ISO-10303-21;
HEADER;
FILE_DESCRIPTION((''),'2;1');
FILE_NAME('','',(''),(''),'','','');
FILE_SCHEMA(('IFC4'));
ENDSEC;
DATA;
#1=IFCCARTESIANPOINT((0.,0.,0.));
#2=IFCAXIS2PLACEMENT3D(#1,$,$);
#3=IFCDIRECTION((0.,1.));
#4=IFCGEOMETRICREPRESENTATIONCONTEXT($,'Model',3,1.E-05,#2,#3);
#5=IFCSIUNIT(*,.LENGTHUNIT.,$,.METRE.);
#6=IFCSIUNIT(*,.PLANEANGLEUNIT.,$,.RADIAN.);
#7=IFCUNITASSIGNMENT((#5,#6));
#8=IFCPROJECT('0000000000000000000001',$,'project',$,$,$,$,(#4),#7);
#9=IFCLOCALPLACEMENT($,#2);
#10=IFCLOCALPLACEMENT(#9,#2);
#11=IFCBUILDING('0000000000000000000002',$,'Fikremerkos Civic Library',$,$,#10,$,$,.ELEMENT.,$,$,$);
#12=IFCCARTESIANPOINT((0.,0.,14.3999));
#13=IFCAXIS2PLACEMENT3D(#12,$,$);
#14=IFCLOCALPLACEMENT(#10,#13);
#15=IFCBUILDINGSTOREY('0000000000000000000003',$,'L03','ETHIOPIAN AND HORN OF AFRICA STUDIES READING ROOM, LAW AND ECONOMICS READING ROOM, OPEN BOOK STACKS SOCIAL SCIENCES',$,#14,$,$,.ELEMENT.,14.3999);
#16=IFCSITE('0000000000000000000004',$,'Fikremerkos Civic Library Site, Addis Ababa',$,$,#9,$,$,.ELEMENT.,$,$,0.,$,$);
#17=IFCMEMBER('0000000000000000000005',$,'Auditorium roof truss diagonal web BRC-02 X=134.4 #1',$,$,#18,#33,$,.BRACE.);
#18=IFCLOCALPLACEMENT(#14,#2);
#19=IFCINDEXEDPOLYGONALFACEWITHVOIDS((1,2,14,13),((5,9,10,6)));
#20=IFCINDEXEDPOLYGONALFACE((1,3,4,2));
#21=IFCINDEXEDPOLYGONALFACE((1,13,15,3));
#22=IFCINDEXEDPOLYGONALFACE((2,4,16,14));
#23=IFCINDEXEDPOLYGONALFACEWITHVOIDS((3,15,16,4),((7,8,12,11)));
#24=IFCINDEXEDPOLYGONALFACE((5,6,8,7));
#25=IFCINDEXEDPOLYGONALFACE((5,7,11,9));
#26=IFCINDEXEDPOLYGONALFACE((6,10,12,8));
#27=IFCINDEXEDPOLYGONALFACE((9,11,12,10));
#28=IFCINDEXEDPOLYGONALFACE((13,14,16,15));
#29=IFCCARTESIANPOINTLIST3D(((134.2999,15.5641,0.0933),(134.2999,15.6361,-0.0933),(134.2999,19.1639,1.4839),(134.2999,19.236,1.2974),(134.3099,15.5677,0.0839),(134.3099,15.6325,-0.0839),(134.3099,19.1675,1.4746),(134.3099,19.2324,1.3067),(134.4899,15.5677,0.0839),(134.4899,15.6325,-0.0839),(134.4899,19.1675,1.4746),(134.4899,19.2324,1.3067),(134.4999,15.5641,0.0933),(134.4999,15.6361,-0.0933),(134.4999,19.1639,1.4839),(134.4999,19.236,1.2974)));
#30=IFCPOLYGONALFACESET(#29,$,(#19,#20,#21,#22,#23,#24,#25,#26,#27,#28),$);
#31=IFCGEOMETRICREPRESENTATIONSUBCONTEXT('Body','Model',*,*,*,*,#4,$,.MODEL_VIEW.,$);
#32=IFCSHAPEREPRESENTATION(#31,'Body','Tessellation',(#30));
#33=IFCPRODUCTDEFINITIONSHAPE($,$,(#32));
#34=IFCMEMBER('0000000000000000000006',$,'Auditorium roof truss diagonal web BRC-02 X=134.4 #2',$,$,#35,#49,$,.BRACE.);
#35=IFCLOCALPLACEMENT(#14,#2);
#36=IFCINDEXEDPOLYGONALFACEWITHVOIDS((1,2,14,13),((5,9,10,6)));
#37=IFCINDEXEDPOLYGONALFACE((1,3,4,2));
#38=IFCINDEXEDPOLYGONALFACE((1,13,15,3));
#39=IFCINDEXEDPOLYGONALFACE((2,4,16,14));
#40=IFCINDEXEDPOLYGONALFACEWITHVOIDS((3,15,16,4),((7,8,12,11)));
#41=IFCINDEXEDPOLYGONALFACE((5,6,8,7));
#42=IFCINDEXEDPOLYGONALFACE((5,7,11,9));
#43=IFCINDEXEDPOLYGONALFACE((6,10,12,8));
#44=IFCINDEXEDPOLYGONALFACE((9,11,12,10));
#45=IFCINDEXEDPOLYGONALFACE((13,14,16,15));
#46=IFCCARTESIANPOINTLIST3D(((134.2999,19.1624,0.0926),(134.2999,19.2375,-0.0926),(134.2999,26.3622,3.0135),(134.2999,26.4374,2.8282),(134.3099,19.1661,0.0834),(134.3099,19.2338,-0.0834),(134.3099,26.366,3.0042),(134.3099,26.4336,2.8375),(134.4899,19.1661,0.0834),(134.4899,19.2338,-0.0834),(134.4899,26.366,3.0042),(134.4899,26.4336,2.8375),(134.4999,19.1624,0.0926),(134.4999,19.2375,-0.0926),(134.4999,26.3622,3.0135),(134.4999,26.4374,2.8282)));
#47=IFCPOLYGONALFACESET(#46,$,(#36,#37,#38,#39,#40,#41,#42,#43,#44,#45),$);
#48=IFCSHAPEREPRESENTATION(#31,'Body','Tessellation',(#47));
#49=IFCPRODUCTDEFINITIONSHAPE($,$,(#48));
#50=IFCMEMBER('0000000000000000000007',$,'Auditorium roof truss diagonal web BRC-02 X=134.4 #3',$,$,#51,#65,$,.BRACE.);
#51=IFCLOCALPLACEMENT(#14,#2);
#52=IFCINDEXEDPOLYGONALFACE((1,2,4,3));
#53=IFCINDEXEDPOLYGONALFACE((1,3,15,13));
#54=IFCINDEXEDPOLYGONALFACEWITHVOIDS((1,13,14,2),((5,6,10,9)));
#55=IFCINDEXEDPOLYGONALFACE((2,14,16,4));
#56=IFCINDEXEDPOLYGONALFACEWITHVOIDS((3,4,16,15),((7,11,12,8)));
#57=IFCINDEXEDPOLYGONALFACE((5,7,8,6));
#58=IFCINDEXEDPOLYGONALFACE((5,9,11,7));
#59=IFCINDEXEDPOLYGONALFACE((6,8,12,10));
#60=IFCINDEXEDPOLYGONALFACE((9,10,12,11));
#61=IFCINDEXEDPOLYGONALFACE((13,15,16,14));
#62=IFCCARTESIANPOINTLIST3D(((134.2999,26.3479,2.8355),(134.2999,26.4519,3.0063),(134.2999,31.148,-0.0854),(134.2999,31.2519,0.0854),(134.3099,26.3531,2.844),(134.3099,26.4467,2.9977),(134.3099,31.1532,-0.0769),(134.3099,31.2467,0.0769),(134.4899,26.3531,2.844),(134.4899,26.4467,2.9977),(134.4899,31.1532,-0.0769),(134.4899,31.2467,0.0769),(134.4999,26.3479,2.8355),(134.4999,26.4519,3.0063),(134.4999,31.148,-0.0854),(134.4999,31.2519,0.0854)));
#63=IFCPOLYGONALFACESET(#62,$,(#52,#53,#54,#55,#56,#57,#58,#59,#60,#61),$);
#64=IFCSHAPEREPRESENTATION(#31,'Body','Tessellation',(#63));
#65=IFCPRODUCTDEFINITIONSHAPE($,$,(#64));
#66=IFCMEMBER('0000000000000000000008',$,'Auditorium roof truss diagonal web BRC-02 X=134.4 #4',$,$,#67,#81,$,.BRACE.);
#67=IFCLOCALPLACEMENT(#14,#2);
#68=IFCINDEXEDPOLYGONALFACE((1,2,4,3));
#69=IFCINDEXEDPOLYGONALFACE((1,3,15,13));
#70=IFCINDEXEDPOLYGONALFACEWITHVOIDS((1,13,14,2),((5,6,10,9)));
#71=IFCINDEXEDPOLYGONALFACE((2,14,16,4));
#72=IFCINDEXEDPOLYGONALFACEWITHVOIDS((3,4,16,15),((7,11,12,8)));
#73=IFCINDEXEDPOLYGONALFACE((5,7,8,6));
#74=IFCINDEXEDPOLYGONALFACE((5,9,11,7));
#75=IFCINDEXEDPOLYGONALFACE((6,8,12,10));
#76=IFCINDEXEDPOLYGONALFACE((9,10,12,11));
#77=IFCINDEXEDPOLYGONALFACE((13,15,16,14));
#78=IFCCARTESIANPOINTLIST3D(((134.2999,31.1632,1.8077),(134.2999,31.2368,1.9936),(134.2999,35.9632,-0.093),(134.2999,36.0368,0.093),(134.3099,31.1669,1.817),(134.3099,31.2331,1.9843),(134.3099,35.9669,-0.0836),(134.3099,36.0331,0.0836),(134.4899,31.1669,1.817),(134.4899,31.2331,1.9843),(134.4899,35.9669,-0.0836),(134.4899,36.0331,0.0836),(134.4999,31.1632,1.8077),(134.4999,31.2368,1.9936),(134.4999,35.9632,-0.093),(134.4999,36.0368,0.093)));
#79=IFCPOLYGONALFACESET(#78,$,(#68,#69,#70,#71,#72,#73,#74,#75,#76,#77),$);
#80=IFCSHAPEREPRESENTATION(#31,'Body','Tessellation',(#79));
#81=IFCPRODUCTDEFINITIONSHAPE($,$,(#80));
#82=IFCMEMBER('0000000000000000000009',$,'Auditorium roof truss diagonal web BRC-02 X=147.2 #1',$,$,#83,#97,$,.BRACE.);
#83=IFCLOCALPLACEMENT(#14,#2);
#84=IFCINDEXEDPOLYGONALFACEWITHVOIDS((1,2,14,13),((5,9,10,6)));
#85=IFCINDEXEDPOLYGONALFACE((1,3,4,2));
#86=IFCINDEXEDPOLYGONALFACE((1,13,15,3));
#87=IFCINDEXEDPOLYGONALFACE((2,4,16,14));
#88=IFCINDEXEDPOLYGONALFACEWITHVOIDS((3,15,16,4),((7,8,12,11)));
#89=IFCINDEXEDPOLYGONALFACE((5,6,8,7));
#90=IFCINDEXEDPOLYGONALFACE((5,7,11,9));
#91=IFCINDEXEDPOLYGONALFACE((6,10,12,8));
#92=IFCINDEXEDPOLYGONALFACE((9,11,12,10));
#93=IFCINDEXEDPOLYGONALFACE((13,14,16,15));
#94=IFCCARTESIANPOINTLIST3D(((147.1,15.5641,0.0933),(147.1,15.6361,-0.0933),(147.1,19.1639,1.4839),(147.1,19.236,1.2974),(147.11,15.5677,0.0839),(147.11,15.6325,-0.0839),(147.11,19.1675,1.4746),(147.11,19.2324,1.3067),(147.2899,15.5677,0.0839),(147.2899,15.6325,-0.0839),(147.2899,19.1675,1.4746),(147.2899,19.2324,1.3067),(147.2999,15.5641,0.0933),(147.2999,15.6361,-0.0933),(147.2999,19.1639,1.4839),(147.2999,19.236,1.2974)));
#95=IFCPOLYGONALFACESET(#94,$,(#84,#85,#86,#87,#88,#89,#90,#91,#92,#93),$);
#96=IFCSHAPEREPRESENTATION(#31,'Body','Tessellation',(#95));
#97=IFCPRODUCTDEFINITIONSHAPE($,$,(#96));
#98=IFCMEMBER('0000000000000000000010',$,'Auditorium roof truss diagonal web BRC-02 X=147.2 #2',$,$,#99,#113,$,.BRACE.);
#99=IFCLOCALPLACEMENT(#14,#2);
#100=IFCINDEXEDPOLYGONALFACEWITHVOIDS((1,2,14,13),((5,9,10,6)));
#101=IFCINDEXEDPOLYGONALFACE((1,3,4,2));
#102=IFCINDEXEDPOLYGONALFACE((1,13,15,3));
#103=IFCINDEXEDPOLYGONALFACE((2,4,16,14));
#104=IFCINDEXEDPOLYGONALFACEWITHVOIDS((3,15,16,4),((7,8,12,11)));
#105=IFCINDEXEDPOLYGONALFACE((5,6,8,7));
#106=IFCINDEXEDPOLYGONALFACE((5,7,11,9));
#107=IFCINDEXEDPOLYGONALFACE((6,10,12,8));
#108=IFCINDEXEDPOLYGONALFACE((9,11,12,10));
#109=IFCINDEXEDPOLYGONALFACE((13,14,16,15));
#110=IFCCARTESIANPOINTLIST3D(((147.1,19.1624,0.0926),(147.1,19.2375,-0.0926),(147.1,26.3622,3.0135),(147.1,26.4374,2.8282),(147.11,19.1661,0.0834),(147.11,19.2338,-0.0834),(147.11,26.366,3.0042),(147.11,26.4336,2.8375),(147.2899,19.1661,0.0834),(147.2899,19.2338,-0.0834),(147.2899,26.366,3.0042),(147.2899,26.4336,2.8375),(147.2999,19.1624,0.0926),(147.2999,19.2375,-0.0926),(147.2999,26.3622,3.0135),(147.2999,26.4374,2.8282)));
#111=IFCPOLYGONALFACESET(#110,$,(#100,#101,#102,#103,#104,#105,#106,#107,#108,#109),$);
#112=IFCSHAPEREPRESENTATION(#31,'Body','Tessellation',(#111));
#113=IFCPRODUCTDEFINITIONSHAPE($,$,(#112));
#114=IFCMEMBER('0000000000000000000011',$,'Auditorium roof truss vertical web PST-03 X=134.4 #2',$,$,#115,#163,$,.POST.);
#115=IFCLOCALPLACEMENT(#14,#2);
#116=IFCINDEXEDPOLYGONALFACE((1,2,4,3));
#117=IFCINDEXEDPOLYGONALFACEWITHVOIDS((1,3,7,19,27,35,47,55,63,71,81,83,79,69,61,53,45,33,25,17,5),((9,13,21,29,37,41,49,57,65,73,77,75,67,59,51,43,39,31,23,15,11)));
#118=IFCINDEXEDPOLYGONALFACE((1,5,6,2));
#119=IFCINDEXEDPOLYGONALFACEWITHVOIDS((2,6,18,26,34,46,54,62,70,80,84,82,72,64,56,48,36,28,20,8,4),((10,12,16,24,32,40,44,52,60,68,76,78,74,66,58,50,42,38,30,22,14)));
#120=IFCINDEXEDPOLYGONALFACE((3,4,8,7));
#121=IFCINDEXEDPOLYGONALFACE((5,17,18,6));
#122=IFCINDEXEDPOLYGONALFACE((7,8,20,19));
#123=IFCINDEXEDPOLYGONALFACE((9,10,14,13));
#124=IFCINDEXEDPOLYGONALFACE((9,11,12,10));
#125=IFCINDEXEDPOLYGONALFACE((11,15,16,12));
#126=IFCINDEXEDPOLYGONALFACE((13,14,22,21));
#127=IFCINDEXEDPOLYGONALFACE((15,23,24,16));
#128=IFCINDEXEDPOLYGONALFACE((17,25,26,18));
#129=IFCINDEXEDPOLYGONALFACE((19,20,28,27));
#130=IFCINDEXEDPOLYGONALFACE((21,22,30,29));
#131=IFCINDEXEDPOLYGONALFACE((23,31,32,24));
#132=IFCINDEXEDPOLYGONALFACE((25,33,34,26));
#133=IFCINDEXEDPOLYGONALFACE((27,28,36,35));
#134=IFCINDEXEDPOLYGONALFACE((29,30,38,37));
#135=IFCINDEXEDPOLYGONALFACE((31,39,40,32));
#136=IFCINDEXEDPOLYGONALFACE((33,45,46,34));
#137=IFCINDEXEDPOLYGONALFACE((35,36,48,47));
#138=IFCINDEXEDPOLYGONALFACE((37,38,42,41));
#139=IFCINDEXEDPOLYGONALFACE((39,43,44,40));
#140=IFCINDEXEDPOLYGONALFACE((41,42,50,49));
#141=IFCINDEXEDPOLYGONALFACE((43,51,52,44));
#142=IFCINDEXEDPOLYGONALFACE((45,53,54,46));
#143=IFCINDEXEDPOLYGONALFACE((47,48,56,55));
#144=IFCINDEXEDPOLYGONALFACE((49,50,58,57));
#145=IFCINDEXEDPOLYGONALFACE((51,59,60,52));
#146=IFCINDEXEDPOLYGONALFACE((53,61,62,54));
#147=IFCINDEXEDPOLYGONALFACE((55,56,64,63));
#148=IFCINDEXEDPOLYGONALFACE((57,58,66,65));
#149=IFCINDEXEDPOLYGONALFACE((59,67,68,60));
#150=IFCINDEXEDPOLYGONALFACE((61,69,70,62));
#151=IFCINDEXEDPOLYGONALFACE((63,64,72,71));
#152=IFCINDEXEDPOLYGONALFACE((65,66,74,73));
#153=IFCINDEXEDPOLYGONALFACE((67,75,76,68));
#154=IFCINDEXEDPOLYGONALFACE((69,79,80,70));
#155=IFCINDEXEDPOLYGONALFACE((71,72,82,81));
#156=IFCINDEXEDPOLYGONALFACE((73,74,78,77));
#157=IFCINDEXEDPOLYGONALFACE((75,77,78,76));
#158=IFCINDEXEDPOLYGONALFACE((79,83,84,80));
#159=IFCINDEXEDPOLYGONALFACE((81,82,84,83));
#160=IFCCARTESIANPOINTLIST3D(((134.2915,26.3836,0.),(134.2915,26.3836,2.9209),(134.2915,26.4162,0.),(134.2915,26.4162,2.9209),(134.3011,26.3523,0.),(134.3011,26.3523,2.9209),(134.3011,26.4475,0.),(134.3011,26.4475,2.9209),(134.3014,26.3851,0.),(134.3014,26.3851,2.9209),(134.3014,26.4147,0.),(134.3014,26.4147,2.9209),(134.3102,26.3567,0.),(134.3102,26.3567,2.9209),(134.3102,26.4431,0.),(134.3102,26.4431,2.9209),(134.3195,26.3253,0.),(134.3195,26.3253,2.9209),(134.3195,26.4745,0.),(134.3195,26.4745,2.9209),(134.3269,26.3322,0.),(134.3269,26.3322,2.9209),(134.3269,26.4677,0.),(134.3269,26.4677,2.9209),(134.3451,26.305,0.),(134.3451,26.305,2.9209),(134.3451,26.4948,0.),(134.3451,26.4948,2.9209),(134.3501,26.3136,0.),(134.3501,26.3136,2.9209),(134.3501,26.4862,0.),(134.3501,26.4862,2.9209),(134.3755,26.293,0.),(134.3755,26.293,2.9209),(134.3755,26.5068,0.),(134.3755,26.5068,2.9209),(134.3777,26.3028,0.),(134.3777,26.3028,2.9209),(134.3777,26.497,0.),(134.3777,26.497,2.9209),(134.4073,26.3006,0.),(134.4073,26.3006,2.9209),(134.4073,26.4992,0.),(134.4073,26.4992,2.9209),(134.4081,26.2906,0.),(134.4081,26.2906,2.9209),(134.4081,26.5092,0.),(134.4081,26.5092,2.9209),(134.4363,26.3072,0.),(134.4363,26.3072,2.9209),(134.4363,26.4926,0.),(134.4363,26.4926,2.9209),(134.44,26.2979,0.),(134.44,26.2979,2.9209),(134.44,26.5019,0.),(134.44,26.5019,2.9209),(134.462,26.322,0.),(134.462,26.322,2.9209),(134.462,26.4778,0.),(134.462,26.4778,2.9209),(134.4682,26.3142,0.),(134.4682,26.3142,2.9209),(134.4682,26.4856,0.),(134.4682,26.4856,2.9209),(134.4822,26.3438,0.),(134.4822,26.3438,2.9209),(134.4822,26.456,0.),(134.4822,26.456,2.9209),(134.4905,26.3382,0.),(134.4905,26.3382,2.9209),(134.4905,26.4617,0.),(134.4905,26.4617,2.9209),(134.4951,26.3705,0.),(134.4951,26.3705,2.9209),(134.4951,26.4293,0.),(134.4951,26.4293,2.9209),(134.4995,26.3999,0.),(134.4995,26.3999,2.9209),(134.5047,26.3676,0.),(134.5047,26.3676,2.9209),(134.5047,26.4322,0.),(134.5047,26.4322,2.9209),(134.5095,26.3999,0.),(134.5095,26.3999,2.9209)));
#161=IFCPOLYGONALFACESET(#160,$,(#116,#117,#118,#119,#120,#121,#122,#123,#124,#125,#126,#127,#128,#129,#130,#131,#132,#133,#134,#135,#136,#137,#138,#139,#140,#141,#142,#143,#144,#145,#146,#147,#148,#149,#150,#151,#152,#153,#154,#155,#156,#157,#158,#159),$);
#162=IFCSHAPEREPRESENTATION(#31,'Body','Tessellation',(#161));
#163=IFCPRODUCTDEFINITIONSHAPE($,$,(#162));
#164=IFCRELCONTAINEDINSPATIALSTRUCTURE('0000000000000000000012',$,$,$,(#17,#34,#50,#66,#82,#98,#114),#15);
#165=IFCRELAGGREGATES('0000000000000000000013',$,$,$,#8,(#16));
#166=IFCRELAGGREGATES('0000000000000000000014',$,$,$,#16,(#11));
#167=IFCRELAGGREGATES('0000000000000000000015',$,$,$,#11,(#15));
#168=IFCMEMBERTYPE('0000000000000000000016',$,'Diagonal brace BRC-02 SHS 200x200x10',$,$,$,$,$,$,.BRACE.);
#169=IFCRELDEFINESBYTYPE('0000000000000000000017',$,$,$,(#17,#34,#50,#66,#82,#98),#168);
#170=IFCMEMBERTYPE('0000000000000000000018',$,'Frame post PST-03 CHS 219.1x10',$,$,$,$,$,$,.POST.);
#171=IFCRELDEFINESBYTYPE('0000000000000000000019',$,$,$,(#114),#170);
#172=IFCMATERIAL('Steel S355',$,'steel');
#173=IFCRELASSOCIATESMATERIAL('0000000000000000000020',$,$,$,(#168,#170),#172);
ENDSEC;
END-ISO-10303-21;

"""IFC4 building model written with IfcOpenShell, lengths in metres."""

from ifc_helpers import new_model, si_unit, direction, frame, origin, origin_2d, place, context, subcontext, project, spatial, hollow_rectangle, hollow_circle, extrude, material, material_profile, profile_set, type_object, element, save


model = new_model("IFC4")

# Units and contexts
model_context = context("Model", 3, precision=1e-05, world=origin(), true_north=direction((0.0, 1.0)))
body_context = subcontext(model_context, "Body", "Model", "MODEL_VIEW")
ifc_project = project(units=[si_unit("LENGTHUNIT", "METRE"), si_unit("PLANEANGLEUNIT", "RADIAN")], contexts=[model_context])

# Site, building, storey
site_placement = place(None, origin())
site = spatial("IfcSite", under=ifc_project, at=site_placement, Name="Fikremerkos Civic Library Site, Addis Ababa", CompositionType="ELEMENT", RefElevation=0.0)
building_placement = place(site_placement, origin())
building = spatial("IfcBuilding", under=site, at=building_placement, Name="Fikremerkos Civic Library", CompositionType="ELEMENT")
storey_placement = place(building_placement, frame((0.0, 0.0, 14.3999)))
storey = spatial("IfcBuildingStorey", under=building, at=storey_placement, Name="L03", Description="ETHIOPIAN AND HORN OF AFRICA STUDIES READING ROOM, LAW AND ECONOMICS READING ROOM, OPEN BOOK STACKS SOCIAL SCIENCES", CompositionType="ELEMENT", Elevation=14.3999)

# Members
ifc_material_1 = material(Name="Steel S355", Category="steel")
ifc_material_profile_1 = material_profile(ifc_material_1, hollow_rectangle(XDim=0.2, YDim=0.2, WallThickness=0.01, at=origin_2d()), Name="SHS 200x200x10")
ifc_profile_set_1 = profile_set([ifc_material_profile_1], Name="Steel S355")
member_type_1 = type_object("IfcMemberType", Name="Diagonal brace BRC-02 SHS 200x200x10", PredefinedType="BRACE", material=ifc_profile_set_1)
member_1_placement = place(storey_placement, frame((134.3999, 15.6001, 0.0), z_axis=(0.0, 0.932818, 0.360348), x_axis=(-1.0, 0.0, 0.0)))
element("IfcMember", 1, at=member_1_placement, inside=storey, type_object=member_type_1, Name="Auditorium roof truss diagonal web BRC-02 X=134.4 #1", PredefinedType="BRACE", context=body_context, shape_type="SweptSolid", body=[
    extrude(hollow_rectangle(XDim=0.2, YDim=0.2, WallThickness=0.01, at=origin_2d()), origin(), (0.0, 0.0, 1.0), 3.8591),
])
member_2_placement = place(storey_placement, frame((134.3999, 19.2, 0.0), z_axis=(0.0, 0.92665, 0.375926), x_axis=(-1.0, 0.0, 0.0)))
element("IfcMember", 2, at=member_2_placement, inside=storey, type_object=member_type_1, Name="Auditorium roof truss diagonal web BRC-02 X=134.4 #2", PredefinedType="BRACE", context=body_context, shape_type="SweptSolid", body=[
    extrude(hollow_rectangle(XDim=0.2, YDim=0.2, WallThickness=0.01, at=origin_2d()), origin(), (0.0, 0.0, 1.0), 7.7698),
])
member_3_placement = place(storey_placement, frame((134.3999, 31.2, 0.0), z_axis=(0.0, -0.854267, 0.519834), x_axis=(1.0, 0.0, 0.0)))
element("IfcMember", 3, at=member_3_placement, inside=storey, type_object=member_type_1, Name="Auditorium roof truss diagonal web BRC-02 X=134.4 #3", PredefinedType="BRACE", context=body_context, shape_type="SweptSolid", body=[
    extrude(hollow_rectangle(XDim=0.2, YDim=0.2, WallThickness=0.01, at=origin_2d()), origin(), (0.0, 0.0, 1.0), 5.6189),
])
member_4_placement = place(storey_placement, frame((134.3999, 36.0, 0.0), z_axis=(0.0, -0.929766, 0.368152), x_axis=(1.0, 0.0, 0.0)))
element("IfcMember", 4, at=member_4_placement, inside=storey, type_object=member_type_1, Name="Auditorium roof truss diagonal web BRC-02 X=134.4 #4", PredefinedType="BRACE", context=body_context, shape_type="SweptSolid", body=[
    extrude(hollow_rectangle(XDim=0.2, YDim=0.2, WallThickness=0.01, at=origin_2d()), origin(), (0.0, 0.0, 1.0), 5.1626),
])
member_5_placement = place(storey_placement, frame((147.2, 15.6001, 0.0), z_axis=(0.0, 0.932818, 0.360348), x_axis=(-1.0, 0.0, 0.0)))
element("IfcMember", 5, at=member_5_placement, inside=storey, type_object=member_type_1, Name="Auditorium roof truss diagonal web BRC-02 X=147.2 #1", PredefinedType="BRACE", context=body_context, shape_type="SweptSolid", body=[
    extrude(hollow_rectangle(XDim=0.2, YDim=0.2, WallThickness=0.01, at=origin_2d()), origin(), (0.0, 0.0, 1.0), 3.8591),
])
member_6_placement = place(storey_placement, frame((147.2, 19.2, 0.0), z_axis=(0.0, 0.92665, 0.375926), x_axis=(-1.0, 0.0, 0.0)))
element("IfcMember", 6, at=member_6_placement, inside=storey, type_object=member_type_1, Name="Auditorium roof truss diagonal web BRC-02 X=147.2 #2", PredefinedType="BRACE", context=body_context, shape_type="SweptSolid", body=[
    extrude(hollow_rectangle(XDim=0.2, YDim=0.2, WallThickness=0.01, at=origin_2d()), origin(), (0.0, 0.0, 1.0), 7.7698),
])
ifc_material_profile_2 = material_profile(ifc_material_1, hollow_circle(Radius=0.1096, WallThickness=0.01, at=origin_2d()), Name="CHS 219.1x10")
ifc_profile_set_2 = profile_set([ifc_material_profile_2], Name="Steel S355")
member_type_2 = type_object("IfcMemberType", Name="Frame post PST-03 CHS 219.1x10", PredefinedType="POST", material=ifc_profile_set_2)
member_7_placement = place(storey_placement, frame((134.3999, 26.3999, 0.0), z_axis=(0.0, 0.0, 1.0), x_axis=(1.0, 0.0, 0.0)))
element("IfcMember", 7, at=member_7_placement, inside=storey, type_object=member_type_2, Name="Auditorium roof truss vertical web PST-03 X=134.4 #2", PredefinedType="POST", context=body_context, shape_type="SweptSolid", body=[
    extrude(hollow_circle(Radius=0.1096, WallThickness=0.01, at=origin_2d()), origin(), (0.0, 0.0, 1.0), 2.9209),
])

save(model, "model.ifc")
